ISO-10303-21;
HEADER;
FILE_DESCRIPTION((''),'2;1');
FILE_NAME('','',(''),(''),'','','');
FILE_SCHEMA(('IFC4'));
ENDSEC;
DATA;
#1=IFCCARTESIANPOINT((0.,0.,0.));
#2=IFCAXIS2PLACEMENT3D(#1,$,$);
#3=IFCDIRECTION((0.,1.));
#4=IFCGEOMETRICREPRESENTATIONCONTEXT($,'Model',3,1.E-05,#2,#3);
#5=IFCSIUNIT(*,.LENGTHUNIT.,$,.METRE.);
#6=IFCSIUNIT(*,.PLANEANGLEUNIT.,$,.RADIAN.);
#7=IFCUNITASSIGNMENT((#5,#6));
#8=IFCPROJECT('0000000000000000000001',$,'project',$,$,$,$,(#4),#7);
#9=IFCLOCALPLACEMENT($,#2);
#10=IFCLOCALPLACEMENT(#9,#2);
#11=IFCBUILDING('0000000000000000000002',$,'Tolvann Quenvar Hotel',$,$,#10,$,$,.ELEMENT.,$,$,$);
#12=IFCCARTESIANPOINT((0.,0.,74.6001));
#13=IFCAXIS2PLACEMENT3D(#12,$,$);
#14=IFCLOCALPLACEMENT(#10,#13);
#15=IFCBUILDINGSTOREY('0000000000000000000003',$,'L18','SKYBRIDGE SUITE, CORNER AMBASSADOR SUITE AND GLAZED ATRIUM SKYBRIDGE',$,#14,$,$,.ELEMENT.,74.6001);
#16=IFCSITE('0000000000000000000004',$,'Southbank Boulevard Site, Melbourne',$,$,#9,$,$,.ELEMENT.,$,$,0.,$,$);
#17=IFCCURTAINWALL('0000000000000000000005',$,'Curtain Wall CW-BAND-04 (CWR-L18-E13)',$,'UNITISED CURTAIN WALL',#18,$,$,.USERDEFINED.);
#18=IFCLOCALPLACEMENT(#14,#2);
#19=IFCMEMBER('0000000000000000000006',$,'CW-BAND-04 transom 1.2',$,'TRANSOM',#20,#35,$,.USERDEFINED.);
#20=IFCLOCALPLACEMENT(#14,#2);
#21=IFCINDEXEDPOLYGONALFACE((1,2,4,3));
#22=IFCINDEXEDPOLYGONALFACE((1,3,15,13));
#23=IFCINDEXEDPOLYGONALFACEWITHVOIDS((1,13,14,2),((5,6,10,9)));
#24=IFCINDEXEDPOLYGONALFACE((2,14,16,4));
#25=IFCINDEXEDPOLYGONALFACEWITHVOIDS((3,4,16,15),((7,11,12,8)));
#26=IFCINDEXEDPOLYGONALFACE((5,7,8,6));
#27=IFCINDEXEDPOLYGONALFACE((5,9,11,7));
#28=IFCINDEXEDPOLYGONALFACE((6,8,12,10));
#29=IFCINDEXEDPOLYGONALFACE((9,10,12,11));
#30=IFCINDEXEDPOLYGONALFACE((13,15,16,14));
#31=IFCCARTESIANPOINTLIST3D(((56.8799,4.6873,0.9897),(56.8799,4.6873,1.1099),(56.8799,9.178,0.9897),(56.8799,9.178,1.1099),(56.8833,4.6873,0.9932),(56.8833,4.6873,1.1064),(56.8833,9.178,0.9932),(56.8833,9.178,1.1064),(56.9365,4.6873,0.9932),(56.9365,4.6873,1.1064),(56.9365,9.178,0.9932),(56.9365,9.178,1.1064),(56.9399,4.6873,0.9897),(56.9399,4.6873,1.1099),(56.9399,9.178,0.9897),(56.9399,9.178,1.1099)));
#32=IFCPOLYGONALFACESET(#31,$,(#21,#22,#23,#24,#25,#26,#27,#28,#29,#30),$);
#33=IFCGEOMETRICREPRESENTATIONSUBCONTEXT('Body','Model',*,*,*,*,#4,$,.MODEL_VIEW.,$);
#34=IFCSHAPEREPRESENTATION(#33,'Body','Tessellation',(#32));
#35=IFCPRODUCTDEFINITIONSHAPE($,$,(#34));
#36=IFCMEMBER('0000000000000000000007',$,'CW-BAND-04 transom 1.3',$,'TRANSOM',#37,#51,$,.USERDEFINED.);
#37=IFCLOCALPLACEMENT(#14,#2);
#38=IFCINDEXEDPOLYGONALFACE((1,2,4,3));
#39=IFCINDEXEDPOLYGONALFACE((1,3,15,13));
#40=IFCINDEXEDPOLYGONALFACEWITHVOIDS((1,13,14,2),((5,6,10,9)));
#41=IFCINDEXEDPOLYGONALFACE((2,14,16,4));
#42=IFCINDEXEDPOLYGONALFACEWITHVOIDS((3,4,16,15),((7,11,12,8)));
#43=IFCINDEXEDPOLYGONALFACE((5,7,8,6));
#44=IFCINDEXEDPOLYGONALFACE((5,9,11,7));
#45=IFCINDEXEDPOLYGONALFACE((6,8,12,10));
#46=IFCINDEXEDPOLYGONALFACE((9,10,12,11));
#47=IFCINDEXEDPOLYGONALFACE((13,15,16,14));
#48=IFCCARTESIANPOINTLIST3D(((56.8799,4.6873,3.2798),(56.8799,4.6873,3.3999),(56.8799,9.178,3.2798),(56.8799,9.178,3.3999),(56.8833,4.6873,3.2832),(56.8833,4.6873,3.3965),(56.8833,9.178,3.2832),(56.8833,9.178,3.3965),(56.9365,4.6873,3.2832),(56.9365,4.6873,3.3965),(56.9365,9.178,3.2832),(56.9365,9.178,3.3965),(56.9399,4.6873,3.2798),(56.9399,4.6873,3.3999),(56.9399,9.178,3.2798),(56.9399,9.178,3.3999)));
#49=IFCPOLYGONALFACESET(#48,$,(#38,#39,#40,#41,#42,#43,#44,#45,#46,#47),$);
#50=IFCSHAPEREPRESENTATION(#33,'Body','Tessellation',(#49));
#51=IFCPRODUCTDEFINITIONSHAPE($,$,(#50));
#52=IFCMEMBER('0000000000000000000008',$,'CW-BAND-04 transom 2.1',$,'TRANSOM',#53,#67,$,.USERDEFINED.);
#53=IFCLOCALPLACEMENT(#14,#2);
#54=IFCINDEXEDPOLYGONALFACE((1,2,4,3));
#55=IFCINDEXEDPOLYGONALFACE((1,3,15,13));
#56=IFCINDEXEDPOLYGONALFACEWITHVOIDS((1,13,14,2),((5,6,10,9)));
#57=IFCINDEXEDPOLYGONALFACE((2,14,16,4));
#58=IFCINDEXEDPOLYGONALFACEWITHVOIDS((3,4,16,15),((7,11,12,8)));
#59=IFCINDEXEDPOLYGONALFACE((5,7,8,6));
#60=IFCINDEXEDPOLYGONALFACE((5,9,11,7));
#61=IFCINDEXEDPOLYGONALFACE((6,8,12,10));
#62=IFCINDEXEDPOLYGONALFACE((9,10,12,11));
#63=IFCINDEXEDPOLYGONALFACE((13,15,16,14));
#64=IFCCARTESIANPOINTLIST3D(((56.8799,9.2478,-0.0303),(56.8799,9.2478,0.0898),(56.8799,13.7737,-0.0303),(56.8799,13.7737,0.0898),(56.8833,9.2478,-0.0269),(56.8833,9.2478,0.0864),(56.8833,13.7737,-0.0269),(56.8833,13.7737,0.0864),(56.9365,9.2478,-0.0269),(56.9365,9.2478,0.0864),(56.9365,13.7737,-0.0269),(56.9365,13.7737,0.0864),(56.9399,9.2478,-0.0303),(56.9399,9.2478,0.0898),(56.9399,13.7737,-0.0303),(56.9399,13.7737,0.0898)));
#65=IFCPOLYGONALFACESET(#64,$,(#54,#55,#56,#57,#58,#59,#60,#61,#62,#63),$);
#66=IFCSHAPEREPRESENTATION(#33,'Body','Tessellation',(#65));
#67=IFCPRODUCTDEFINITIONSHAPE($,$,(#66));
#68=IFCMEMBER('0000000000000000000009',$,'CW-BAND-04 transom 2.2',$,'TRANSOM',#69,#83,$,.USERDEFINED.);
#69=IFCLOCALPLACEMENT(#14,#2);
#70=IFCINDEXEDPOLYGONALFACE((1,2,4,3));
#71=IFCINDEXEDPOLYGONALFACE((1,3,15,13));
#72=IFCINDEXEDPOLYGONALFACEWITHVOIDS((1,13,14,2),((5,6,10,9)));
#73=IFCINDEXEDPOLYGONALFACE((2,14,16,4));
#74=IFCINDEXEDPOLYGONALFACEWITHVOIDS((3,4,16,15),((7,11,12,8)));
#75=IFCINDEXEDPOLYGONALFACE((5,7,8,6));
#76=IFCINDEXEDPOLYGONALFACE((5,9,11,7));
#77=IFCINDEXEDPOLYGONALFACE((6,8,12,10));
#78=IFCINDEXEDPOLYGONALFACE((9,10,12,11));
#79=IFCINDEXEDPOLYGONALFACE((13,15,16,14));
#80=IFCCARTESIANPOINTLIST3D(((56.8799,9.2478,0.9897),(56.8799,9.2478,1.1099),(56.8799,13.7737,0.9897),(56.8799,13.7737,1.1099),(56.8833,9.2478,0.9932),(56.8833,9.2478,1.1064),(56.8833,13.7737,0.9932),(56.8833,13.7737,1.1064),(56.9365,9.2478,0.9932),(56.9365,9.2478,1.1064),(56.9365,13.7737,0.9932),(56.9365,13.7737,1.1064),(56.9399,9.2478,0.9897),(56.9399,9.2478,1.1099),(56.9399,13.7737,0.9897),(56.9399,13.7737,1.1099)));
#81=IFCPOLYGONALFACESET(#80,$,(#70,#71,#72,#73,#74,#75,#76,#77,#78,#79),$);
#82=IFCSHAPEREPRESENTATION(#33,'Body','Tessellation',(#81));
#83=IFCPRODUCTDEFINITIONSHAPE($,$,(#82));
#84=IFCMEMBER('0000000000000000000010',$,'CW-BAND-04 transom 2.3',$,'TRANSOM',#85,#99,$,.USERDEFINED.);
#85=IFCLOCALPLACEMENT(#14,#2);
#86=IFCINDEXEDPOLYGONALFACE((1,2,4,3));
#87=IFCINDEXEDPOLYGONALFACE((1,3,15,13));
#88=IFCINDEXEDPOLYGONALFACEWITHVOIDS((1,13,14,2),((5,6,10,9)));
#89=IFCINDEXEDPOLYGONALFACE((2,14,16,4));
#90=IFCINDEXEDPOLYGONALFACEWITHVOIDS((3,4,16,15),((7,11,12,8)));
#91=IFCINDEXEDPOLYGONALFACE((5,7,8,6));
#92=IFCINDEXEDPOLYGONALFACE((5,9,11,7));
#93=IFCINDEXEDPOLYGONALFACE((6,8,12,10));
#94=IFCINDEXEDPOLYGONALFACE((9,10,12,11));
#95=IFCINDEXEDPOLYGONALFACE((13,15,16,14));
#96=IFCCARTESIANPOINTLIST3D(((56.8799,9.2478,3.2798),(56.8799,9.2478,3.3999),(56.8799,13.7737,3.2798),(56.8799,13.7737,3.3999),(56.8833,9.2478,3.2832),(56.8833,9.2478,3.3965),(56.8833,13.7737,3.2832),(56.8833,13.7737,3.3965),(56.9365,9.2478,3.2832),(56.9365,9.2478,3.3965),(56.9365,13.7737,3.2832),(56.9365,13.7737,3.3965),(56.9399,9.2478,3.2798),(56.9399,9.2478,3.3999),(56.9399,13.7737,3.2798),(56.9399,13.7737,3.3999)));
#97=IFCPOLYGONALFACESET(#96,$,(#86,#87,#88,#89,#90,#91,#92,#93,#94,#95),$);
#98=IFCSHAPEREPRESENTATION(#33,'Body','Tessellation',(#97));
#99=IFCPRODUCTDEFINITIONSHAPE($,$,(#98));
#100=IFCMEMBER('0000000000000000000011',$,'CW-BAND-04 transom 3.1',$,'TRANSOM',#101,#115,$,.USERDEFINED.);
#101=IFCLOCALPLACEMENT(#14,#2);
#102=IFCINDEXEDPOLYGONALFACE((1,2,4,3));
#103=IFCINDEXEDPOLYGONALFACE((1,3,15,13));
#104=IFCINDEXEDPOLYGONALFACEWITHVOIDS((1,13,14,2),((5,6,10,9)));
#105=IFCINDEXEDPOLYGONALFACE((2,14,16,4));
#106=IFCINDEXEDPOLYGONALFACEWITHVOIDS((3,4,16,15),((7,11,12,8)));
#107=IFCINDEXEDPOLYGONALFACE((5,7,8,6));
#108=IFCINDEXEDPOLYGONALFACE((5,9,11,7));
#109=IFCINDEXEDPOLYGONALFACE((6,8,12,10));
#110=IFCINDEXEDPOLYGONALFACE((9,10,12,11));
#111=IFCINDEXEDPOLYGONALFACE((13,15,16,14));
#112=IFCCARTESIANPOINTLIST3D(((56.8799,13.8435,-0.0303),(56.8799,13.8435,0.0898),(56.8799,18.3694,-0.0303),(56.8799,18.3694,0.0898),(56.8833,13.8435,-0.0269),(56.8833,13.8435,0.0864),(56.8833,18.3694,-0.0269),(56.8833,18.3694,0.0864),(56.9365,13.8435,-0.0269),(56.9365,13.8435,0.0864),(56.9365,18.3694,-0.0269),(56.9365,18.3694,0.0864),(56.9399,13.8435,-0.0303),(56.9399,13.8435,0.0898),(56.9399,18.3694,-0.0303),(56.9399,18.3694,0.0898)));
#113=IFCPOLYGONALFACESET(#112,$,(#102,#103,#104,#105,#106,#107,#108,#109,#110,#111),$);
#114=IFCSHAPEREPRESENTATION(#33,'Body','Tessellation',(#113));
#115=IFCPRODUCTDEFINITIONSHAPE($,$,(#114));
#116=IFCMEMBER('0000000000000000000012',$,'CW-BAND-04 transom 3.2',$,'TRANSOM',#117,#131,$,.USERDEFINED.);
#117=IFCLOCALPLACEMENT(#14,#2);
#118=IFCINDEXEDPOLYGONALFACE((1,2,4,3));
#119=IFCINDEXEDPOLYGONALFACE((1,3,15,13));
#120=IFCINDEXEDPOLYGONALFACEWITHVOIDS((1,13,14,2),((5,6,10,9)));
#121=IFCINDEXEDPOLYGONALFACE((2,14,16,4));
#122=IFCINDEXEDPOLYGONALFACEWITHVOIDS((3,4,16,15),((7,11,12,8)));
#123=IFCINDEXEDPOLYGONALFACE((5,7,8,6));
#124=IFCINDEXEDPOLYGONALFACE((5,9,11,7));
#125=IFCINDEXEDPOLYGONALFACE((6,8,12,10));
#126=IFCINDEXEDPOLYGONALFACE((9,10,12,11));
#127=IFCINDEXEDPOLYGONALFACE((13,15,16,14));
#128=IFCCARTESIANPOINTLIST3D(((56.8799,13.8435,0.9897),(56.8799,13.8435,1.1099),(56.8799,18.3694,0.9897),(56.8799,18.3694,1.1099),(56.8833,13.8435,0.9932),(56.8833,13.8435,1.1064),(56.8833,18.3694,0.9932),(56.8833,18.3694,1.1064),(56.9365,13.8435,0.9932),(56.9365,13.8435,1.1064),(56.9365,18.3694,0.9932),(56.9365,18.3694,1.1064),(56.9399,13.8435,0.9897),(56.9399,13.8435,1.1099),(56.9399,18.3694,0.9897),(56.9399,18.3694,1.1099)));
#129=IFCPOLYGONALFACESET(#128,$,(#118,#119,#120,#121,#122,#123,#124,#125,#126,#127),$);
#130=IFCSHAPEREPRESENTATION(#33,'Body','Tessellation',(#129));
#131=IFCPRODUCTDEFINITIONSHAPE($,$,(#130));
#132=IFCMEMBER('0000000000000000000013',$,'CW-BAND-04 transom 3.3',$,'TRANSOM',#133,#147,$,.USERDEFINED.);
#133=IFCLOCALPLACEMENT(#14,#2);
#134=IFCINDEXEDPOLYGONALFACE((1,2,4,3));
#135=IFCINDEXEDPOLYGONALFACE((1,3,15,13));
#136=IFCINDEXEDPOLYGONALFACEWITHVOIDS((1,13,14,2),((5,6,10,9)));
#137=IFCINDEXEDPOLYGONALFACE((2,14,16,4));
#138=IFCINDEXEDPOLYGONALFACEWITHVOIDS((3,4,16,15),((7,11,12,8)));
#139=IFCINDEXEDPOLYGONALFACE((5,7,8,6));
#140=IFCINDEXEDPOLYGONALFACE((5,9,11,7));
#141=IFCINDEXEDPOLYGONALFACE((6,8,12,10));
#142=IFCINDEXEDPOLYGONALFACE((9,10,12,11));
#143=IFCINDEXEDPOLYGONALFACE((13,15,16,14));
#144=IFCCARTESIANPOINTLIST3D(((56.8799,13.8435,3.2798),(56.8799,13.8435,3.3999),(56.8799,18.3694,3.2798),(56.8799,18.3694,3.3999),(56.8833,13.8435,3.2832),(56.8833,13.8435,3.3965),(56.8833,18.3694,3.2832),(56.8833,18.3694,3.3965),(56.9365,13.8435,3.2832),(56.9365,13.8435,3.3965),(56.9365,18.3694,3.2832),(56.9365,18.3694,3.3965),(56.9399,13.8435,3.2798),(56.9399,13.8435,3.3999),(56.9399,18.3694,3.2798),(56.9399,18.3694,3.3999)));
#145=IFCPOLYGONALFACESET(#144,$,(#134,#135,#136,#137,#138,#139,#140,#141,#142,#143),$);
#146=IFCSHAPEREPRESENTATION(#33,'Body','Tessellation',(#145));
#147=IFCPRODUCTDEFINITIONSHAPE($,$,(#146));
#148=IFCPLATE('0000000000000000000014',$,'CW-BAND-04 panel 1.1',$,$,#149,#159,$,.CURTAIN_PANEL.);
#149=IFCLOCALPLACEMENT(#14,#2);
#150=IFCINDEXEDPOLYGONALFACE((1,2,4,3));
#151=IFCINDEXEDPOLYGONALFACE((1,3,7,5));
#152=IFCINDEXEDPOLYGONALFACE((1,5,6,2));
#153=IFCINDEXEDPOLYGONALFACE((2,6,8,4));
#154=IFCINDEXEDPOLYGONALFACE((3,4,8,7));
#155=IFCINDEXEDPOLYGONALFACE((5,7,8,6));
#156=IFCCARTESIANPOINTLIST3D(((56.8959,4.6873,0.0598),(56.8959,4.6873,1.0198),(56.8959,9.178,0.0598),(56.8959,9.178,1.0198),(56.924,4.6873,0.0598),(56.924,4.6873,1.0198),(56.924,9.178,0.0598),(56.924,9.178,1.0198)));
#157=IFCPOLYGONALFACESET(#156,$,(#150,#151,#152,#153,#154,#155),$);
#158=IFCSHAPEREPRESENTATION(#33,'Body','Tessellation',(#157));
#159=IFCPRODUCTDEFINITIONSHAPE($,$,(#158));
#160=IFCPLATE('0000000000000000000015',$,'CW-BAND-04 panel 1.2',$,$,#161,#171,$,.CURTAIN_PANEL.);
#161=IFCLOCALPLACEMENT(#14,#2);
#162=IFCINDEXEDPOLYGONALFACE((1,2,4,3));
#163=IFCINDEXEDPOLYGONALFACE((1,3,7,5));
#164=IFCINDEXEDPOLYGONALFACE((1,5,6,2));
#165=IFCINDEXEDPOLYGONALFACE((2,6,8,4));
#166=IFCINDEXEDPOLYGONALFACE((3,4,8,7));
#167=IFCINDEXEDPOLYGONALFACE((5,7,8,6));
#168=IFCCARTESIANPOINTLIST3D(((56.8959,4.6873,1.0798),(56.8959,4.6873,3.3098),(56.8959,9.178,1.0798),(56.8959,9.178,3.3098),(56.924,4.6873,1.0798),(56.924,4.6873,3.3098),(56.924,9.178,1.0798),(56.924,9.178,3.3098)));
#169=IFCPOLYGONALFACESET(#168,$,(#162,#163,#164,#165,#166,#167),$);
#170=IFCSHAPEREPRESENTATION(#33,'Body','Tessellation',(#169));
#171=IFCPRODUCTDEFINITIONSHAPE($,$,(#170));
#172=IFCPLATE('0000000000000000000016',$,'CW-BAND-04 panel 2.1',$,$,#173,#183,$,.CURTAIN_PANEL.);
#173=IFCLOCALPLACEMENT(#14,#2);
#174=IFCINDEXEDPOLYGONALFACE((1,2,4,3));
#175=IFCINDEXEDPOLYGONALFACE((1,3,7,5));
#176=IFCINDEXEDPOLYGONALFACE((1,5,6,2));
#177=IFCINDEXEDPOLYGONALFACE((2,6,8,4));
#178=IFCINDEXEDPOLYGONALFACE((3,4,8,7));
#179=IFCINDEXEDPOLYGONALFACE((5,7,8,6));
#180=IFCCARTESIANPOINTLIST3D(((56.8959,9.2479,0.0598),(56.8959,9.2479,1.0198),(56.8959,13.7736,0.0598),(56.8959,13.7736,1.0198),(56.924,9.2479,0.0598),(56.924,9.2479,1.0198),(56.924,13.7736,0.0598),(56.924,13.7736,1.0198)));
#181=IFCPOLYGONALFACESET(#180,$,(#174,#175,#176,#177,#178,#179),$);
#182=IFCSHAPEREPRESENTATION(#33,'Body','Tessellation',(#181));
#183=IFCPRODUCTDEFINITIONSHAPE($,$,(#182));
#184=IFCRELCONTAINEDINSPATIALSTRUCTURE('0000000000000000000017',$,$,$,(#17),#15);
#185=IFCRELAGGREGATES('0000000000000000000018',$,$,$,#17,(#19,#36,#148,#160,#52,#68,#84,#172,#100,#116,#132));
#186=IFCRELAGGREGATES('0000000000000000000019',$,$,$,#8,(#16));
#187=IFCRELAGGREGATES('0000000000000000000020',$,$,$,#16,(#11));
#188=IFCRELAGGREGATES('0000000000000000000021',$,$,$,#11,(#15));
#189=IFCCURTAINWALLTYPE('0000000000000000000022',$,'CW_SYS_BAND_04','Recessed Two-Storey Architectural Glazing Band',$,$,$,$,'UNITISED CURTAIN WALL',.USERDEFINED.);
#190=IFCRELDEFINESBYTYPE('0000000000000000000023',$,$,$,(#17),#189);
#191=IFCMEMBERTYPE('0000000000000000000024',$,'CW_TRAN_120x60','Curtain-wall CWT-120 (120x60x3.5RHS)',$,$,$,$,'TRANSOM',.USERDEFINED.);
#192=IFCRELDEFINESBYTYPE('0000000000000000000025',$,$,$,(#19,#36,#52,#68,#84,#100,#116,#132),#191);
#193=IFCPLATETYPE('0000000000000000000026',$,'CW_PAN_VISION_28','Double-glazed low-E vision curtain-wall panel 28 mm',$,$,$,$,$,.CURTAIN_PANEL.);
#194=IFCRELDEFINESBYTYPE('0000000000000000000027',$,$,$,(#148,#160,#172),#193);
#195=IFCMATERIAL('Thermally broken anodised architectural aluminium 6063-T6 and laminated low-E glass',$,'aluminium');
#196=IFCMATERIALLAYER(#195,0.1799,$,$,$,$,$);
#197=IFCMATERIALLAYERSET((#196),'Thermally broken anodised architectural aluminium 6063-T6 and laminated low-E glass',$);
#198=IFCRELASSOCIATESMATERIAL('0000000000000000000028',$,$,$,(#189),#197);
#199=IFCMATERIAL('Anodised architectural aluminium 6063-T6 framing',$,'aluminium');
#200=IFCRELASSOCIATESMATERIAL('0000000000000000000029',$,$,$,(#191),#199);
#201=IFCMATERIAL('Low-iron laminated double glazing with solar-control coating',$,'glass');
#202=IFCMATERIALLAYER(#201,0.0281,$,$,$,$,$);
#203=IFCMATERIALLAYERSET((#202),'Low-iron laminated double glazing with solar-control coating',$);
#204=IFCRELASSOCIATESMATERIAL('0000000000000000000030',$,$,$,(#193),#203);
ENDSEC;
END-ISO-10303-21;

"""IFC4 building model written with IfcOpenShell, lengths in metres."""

from ifc_helpers import new_model, si_unit, direction, frame, origin, origin_2d, place, context, subcontext, project, spatial, rectangle, hollow_rectangle, extrude, source, transform, mapped, material, layer, layer_set, material_profile, profile_set, type_object, type_shapes, element, aggregate, save


model = new_model("IFC4")

# Units and contexts
model_context = context("Model", 3, precision=1e-05, world=origin(), true_north=direction((0.0, 1.0)))
body_context = subcontext(model_context, "Body", "Model", "MODEL_VIEW")
ifc_project = project(units=[si_unit("LENGTHUNIT", "METRE"), si_unit("PLANEANGLEUNIT", "RADIAN")], contexts=[model_context])

# Site, building, storey
site_placement = place(None, origin())
site = spatial("IfcSite", under=ifc_project, at=site_placement, Name="Southbank Boulevard Site, Melbourne", CompositionType="ELEMENT", RefElevation=0.0)
building_placement = place(site_placement, origin())
building = spatial("IfcBuilding", under=site, at=building_placement, Name="Tolvann Quenvar Hotel", CompositionType="ELEMENT")
storey_placement = place(building_placement, frame((0.0, 0.0, 74.6001)))
storey = spatial("IfcBuildingStorey", under=building, at=storey_placement, Name="L18", Description="SKYBRIDGE SUITE, CORNER AMBASSADOR SUITE AND GLAZED ATRIUM SKYBRIDGE", CompositionType="ELEMENT", Elevation=74.6001)

# Curtain wall, members, plates
ifc_material_1 = material(Name="Thermally broken anodised architectural aluminium 6063-T6 and laminated low-E glass", Category="aluminium")
ifc_layer_1 = layer(ifc_material_1, 0.1799)
ifc_layer_set_1 = layer_set([ifc_layer_1], Name="Thermally broken anodised architectural aluminium 6063-T6 and laminated low-E glass")
curtain_wall_type = type_object("IfcCurtainWallType", Name="CW_SYS_BAND_04", Description="Recessed Two-Storey Architectural Glazing Band", ElementType="UNITISED CURTAIN WALL", PredefinedType="USERDEFINED", material=ifc_layer_set_1)
curtain_wall_placement = place(storey_placement, origin())
curtain_wall = element("IfcCurtainWall", 1, at=curtain_wall_placement, inside=storey, type_object=curtain_wall_type, Name="Curtain Wall CW-BAND-04 (CWR-L18-E13)", ObjectType="UNITISED CURTAIN WALL", PredefinedType="USERDEFINED")
ifc_material_2 = material(Name="Anodised architectural aluminium 6063-T6 framing", Category="aluminium")
ifc_material_profile_1 = material_profile(ifc_material_2, hollow_rectangle(XDim=0.0601, YDim=0.1201, WallThickness=0.0034, at=origin_2d()), Name="120x60x3.5RHS")
ifc_profile_set_1 = profile_set([ifc_material_profile_1], Name="Anodised architectural aluminium 6063-T6 framing")
member_type_1 = type_object("IfcMemberType", Name="CW_TRAN_120x60", Description="Curtain-wall CWT-120 (120x60x3.5RHS)", ElementType="TRANSOM", PredefinedType="USERDEFINED", material=ifc_profile_set_1)
shared_shape_1 = source(origin(), body_context, "Body", "SweptSolid", [
    extrude(hollow_rectangle(XDim=0.0601, YDim=0.1201, WallThickness=0.0034, at=origin_2d()), origin(), (0.0, 0.0, 1.0), 4.4907),
])
member_1_placement = place(storey_placement, frame((56.9099, 4.6873, 1.0498), z_axis=(0.0, 1.0, 0.0), x_axis=(-1.0, 0.0, 0.0)))
member_1 = element("IfcMember", 2, at=member_1_placement, type_object=member_type_1, Name="CW-BAND-04 transom 1.2", ObjectType="TRANSOM", PredefinedType="USERDEFINED", context=body_context, shape_type="MappedRepresentation", body=[
    mapped(shared_shape_1, transform((0.0, 0.0, 0.0), x_axis=(1.0, 0.0, 0.0), y_axis=(0.0, 1.0, 0.0), z_axis=(0.0, 0.0, 1.0), scale=1.0)),
])
member_2_placement = place(storey_placement, frame((56.9099, 4.6873, 3.3398), z_axis=(0.0, 1.0, 0.0), x_axis=(-1.0, 0.0, 0.0)))
member_2 = element("IfcMember", 3, at=member_2_placement, type_object=member_type_1, Name="CW-BAND-04 transom 1.3", ObjectType="TRANSOM", PredefinedType="USERDEFINED", context=body_context, shape_type="MappedRepresentation", body=[
    mapped(shared_shape_1, transform((0.0, 0.0, 0.0), x_axis=(1.0, 0.0, 0.0), y_axis=(0.0, 1.0, 0.0), z_axis=(0.0, 0.0, 1.0), scale=1.0)),
])
shared_shape_2 = source(origin(), body_context, "Body", "SweptSolid", [
    extrude(hollow_rectangle(XDim=0.0601, YDim=0.1201, WallThickness=0.0034, at=origin_2d()), origin(), (0.0, 0.0, 1.0), 4.5259),
])
type_shapes(member_type_1, [shared_shape_1, shared_shape_2])
member_3_placement = place(storey_placement, frame((56.9099, 9.2478, 0.0298), z_axis=(0.0, 1.0, 0.0), x_axis=(-1.0, 0.0, 0.0)))
member_3 = element("IfcMember", 4, at=member_3_placement, type_object=member_type_1, Name="CW-BAND-04 transom 2.1", ObjectType="TRANSOM", PredefinedType="USERDEFINED", context=body_context, shape_type="MappedRepresentation", body=[
    mapped(shared_shape_2, transform((0.0, 0.0, 0.0), x_axis=(1.0, 0.0, 0.0), y_axis=(0.0, 1.0, 0.0), z_axis=(0.0, 0.0, 1.0), scale=1.0)),
])
member_4_placement = place(storey_placement, frame((56.9099, 9.2478, 1.0498), z_axis=(0.0, 1.0, 0.0), x_axis=(-1.0, 0.0, 0.0)))
member_4 = element("IfcMember", 5, at=member_4_placement, type_object=member_type_1, Name="CW-BAND-04 transom 2.2", ObjectType="TRANSOM", PredefinedType="USERDEFINED", context=body_context, shape_type="MappedRepresentation", body=[
    mapped(shared_shape_2, transform((0.0, 0.0, 0.0), x_axis=(1.0, 0.0, 0.0), y_axis=(0.0, 1.0, 0.0), z_axis=(0.0, 0.0, 1.0), scale=1.0)),
])
member_5_placement = place(storey_placement, frame((56.9099, 9.2478, 3.3398), z_axis=(0.0, 1.0, 0.0), x_axis=(-1.0, 0.0, 0.0)))
member_5 = element("IfcMember", 6, at=member_5_placement, type_object=member_type_1, Name="CW-BAND-04 transom 2.3", ObjectType="TRANSOM", PredefinedType="USERDEFINED", context=body_context, shape_type="MappedRepresentation", body=[
    mapped(shared_shape_2, transform((0.0, 0.0, 0.0), x_axis=(1.0, 0.0, 0.0), y_axis=(0.0, 1.0, 0.0), z_axis=(0.0, 0.0, 1.0), scale=1.0)),
])
member_6_placement = place(storey_placement, frame((56.9099, 13.8435, 0.0298), z_axis=(0.0, 1.0, 0.0), x_axis=(-1.0, 0.0, 0.0)))
member_6 = element("IfcMember", 7, at=member_6_placement, type_object=member_type_1, Name="CW-BAND-04 transom 3.1", ObjectType="TRANSOM", PredefinedType="USERDEFINED", context=body_context, shape_type="MappedRepresentation", body=[
    mapped(shared_shape_2, transform((0.0, 0.0, 0.0), x_axis=(1.0, 0.0, 0.0), y_axis=(0.0, 1.0, 0.0), z_axis=(0.0, 0.0, 1.0), scale=1.0)),
])
member_7_placement = place(storey_placement, frame((56.9099, 13.8435, 1.0498), z_axis=(0.0, 1.0, 0.0), x_axis=(-1.0, 0.0, 0.0)))
member_7 = element("IfcMember", 8, at=member_7_placement, type_object=member_type_1, Name="CW-BAND-04 transom 3.2", ObjectType="TRANSOM", PredefinedType="USERDEFINED", context=body_context, shape_type="MappedRepresentation", body=[
    mapped(shared_shape_2, transform((0.0, 0.0, 0.0), x_axis=(1.0, 0.0, 0.0), y_axis=(0.0, 1.0, 0.0), z_axis=(0.0, 0.0, 1.0), scale=1.0)),
])
member_8_placement = place(storey_placement, frame((56.9099, 13.8435, 3.3398), z_axis=(0.0, 1.0, 0.0), x_axis=(-1.0, 0.0, 0.0)))
member_8 = element("IfcMember", 9, at=member_8_placement, type_object=member_type_1, Name="CW-BAND-04 transom 3.3", ObjectType="TRANSOM", PredefinedType="USERDEFINED", context=body_context, shape_type="MappedRepresentation", body=[
    mapped(shared_shape_2, transform((0.0, 0.0, 0.0), x_axis=(1.0, 0.0, 0.0), y_axis=(0.0, 1.0, 0.0), z_axis=(0.0, 0.0, 1.0), scale=1.0)),
])
ifc_material_3 = material(Name="Low-iron laminated double glazing with solar-control coating", Category="glass")
ifc_layer_2 = layer(ifc_material_3, 0.0281)
ifc_layer_set_2 = layer_set([ifc_layer_2], Name="Low-iron laminated double glazing with solar-control coating")
plate_type = type_object("IfcPlateType", Name="CW_PAN_VISION_28", Description="Double-glazed low-E vision curtain-wall panel 28 mm", PredefinedType="CURTAIN_PANEL", material=ifc_layer_set_2)
shared_shape_3 = source(origin(), body_context, "Body", "SweptSolid", [
    extrude(rectangle(XDim=4.4907, YDim=0.0281, at=origin_2d()), origin(), (0.0, 0.0, 1.0), 0.96),
])
plate_1_placement = place(storey_placement, frame((56.9099, 6.9326, 0.0598), z_axis=(0.0, 0.0, 1.0), x_axis=(0.0, 1.0, 0.0)))
plate_1 = element("IfcPlate", 10, at=plate_1_placement, type_object=plate_type, Name="CW-BAND-04 panel 1.1", PredefinedType="CURTAIN_PANEL", context=body_context, shape_type="MappedRepresentation", body=[
    mapped(shared_shape_3, transform((0.0, 0.0, 0.0), x_axis=(1.0, 0.0, 0.0), y_axis=(0.0, 1.0, 0.0), z_axis=(0.0, 0.0, 1.0), scale=1.0)),
])
shared_shape_4 = source(origin(), body_context, "Body", "SweptSolid", [
    extrude(rectangle(XDim=4.4907, YDim=0.0281, at=origin_2d()), origin(), (0.0, 0.0, 1.0), 2.23),
])
plate_2_placement = place(storey_placement, frame((56.9099, 6.9326, 1.0798), z_axis=(0.0, 0.0, 1.0), x_axis=(0.0, 1.0, 0.0)))
plate_2 = element("IfcPlate", 11, at=plate_2_placement, type_object=plate_type, Name="CW-BAND-04 panel 1.2", PredefinedType="CURTAIN_PANEL", context=body_context, shape_type="MappedRepresentation", body=[
    mapped(shared_shape_4, transform((0.0, 0.0, 0.0), x_axis=(1.0, 0.0, 0.0), y_axis=(0.0, 1.0, 0.0), z_axis=(0.0, 0.0, 1.0), scale=1.0)),
])
shared_shape_5 = source(origin(), body_context, "Body", "SweptSolid", [
    extrude(rectangle(XDim=4.5256, YDim=0.0281, at=origin_2d()), origin(), (0.0, 0.0, 1.0), 0.96),
])
plate_3_placement = place(storey_placement, frame((56.9099, 11.5107, 0.0598), z_axis=(0.0, 0.0, 1.0), x_axis=(0.0, 1.0, 0.0)))
plate_3 = element("IfcPlate", 12, at=plate_3_placement, type_object=plate_type, Name="CW-BAND-04 panel 2.1", PredefinedType="CURTAIN_PANEL", context=body_context, shape_type="MappedRepresentation", body=[
    mapped(shared_shape_5, transform((0.0, 0.0, 0.0), x_axis=(1.0, 0.0, 0.0), y_axis=(0.0, 1.0, 0.0), z_axis=(0.0, 0.0, 1.0), scale=1.0)),
])
aggregate(curtain_wall, [member_1, member_2, plate_1, plate_2, member_3, member_4, member_5, plate_3, member_6, member_7, member_8])

save(model, "model.ifc")
